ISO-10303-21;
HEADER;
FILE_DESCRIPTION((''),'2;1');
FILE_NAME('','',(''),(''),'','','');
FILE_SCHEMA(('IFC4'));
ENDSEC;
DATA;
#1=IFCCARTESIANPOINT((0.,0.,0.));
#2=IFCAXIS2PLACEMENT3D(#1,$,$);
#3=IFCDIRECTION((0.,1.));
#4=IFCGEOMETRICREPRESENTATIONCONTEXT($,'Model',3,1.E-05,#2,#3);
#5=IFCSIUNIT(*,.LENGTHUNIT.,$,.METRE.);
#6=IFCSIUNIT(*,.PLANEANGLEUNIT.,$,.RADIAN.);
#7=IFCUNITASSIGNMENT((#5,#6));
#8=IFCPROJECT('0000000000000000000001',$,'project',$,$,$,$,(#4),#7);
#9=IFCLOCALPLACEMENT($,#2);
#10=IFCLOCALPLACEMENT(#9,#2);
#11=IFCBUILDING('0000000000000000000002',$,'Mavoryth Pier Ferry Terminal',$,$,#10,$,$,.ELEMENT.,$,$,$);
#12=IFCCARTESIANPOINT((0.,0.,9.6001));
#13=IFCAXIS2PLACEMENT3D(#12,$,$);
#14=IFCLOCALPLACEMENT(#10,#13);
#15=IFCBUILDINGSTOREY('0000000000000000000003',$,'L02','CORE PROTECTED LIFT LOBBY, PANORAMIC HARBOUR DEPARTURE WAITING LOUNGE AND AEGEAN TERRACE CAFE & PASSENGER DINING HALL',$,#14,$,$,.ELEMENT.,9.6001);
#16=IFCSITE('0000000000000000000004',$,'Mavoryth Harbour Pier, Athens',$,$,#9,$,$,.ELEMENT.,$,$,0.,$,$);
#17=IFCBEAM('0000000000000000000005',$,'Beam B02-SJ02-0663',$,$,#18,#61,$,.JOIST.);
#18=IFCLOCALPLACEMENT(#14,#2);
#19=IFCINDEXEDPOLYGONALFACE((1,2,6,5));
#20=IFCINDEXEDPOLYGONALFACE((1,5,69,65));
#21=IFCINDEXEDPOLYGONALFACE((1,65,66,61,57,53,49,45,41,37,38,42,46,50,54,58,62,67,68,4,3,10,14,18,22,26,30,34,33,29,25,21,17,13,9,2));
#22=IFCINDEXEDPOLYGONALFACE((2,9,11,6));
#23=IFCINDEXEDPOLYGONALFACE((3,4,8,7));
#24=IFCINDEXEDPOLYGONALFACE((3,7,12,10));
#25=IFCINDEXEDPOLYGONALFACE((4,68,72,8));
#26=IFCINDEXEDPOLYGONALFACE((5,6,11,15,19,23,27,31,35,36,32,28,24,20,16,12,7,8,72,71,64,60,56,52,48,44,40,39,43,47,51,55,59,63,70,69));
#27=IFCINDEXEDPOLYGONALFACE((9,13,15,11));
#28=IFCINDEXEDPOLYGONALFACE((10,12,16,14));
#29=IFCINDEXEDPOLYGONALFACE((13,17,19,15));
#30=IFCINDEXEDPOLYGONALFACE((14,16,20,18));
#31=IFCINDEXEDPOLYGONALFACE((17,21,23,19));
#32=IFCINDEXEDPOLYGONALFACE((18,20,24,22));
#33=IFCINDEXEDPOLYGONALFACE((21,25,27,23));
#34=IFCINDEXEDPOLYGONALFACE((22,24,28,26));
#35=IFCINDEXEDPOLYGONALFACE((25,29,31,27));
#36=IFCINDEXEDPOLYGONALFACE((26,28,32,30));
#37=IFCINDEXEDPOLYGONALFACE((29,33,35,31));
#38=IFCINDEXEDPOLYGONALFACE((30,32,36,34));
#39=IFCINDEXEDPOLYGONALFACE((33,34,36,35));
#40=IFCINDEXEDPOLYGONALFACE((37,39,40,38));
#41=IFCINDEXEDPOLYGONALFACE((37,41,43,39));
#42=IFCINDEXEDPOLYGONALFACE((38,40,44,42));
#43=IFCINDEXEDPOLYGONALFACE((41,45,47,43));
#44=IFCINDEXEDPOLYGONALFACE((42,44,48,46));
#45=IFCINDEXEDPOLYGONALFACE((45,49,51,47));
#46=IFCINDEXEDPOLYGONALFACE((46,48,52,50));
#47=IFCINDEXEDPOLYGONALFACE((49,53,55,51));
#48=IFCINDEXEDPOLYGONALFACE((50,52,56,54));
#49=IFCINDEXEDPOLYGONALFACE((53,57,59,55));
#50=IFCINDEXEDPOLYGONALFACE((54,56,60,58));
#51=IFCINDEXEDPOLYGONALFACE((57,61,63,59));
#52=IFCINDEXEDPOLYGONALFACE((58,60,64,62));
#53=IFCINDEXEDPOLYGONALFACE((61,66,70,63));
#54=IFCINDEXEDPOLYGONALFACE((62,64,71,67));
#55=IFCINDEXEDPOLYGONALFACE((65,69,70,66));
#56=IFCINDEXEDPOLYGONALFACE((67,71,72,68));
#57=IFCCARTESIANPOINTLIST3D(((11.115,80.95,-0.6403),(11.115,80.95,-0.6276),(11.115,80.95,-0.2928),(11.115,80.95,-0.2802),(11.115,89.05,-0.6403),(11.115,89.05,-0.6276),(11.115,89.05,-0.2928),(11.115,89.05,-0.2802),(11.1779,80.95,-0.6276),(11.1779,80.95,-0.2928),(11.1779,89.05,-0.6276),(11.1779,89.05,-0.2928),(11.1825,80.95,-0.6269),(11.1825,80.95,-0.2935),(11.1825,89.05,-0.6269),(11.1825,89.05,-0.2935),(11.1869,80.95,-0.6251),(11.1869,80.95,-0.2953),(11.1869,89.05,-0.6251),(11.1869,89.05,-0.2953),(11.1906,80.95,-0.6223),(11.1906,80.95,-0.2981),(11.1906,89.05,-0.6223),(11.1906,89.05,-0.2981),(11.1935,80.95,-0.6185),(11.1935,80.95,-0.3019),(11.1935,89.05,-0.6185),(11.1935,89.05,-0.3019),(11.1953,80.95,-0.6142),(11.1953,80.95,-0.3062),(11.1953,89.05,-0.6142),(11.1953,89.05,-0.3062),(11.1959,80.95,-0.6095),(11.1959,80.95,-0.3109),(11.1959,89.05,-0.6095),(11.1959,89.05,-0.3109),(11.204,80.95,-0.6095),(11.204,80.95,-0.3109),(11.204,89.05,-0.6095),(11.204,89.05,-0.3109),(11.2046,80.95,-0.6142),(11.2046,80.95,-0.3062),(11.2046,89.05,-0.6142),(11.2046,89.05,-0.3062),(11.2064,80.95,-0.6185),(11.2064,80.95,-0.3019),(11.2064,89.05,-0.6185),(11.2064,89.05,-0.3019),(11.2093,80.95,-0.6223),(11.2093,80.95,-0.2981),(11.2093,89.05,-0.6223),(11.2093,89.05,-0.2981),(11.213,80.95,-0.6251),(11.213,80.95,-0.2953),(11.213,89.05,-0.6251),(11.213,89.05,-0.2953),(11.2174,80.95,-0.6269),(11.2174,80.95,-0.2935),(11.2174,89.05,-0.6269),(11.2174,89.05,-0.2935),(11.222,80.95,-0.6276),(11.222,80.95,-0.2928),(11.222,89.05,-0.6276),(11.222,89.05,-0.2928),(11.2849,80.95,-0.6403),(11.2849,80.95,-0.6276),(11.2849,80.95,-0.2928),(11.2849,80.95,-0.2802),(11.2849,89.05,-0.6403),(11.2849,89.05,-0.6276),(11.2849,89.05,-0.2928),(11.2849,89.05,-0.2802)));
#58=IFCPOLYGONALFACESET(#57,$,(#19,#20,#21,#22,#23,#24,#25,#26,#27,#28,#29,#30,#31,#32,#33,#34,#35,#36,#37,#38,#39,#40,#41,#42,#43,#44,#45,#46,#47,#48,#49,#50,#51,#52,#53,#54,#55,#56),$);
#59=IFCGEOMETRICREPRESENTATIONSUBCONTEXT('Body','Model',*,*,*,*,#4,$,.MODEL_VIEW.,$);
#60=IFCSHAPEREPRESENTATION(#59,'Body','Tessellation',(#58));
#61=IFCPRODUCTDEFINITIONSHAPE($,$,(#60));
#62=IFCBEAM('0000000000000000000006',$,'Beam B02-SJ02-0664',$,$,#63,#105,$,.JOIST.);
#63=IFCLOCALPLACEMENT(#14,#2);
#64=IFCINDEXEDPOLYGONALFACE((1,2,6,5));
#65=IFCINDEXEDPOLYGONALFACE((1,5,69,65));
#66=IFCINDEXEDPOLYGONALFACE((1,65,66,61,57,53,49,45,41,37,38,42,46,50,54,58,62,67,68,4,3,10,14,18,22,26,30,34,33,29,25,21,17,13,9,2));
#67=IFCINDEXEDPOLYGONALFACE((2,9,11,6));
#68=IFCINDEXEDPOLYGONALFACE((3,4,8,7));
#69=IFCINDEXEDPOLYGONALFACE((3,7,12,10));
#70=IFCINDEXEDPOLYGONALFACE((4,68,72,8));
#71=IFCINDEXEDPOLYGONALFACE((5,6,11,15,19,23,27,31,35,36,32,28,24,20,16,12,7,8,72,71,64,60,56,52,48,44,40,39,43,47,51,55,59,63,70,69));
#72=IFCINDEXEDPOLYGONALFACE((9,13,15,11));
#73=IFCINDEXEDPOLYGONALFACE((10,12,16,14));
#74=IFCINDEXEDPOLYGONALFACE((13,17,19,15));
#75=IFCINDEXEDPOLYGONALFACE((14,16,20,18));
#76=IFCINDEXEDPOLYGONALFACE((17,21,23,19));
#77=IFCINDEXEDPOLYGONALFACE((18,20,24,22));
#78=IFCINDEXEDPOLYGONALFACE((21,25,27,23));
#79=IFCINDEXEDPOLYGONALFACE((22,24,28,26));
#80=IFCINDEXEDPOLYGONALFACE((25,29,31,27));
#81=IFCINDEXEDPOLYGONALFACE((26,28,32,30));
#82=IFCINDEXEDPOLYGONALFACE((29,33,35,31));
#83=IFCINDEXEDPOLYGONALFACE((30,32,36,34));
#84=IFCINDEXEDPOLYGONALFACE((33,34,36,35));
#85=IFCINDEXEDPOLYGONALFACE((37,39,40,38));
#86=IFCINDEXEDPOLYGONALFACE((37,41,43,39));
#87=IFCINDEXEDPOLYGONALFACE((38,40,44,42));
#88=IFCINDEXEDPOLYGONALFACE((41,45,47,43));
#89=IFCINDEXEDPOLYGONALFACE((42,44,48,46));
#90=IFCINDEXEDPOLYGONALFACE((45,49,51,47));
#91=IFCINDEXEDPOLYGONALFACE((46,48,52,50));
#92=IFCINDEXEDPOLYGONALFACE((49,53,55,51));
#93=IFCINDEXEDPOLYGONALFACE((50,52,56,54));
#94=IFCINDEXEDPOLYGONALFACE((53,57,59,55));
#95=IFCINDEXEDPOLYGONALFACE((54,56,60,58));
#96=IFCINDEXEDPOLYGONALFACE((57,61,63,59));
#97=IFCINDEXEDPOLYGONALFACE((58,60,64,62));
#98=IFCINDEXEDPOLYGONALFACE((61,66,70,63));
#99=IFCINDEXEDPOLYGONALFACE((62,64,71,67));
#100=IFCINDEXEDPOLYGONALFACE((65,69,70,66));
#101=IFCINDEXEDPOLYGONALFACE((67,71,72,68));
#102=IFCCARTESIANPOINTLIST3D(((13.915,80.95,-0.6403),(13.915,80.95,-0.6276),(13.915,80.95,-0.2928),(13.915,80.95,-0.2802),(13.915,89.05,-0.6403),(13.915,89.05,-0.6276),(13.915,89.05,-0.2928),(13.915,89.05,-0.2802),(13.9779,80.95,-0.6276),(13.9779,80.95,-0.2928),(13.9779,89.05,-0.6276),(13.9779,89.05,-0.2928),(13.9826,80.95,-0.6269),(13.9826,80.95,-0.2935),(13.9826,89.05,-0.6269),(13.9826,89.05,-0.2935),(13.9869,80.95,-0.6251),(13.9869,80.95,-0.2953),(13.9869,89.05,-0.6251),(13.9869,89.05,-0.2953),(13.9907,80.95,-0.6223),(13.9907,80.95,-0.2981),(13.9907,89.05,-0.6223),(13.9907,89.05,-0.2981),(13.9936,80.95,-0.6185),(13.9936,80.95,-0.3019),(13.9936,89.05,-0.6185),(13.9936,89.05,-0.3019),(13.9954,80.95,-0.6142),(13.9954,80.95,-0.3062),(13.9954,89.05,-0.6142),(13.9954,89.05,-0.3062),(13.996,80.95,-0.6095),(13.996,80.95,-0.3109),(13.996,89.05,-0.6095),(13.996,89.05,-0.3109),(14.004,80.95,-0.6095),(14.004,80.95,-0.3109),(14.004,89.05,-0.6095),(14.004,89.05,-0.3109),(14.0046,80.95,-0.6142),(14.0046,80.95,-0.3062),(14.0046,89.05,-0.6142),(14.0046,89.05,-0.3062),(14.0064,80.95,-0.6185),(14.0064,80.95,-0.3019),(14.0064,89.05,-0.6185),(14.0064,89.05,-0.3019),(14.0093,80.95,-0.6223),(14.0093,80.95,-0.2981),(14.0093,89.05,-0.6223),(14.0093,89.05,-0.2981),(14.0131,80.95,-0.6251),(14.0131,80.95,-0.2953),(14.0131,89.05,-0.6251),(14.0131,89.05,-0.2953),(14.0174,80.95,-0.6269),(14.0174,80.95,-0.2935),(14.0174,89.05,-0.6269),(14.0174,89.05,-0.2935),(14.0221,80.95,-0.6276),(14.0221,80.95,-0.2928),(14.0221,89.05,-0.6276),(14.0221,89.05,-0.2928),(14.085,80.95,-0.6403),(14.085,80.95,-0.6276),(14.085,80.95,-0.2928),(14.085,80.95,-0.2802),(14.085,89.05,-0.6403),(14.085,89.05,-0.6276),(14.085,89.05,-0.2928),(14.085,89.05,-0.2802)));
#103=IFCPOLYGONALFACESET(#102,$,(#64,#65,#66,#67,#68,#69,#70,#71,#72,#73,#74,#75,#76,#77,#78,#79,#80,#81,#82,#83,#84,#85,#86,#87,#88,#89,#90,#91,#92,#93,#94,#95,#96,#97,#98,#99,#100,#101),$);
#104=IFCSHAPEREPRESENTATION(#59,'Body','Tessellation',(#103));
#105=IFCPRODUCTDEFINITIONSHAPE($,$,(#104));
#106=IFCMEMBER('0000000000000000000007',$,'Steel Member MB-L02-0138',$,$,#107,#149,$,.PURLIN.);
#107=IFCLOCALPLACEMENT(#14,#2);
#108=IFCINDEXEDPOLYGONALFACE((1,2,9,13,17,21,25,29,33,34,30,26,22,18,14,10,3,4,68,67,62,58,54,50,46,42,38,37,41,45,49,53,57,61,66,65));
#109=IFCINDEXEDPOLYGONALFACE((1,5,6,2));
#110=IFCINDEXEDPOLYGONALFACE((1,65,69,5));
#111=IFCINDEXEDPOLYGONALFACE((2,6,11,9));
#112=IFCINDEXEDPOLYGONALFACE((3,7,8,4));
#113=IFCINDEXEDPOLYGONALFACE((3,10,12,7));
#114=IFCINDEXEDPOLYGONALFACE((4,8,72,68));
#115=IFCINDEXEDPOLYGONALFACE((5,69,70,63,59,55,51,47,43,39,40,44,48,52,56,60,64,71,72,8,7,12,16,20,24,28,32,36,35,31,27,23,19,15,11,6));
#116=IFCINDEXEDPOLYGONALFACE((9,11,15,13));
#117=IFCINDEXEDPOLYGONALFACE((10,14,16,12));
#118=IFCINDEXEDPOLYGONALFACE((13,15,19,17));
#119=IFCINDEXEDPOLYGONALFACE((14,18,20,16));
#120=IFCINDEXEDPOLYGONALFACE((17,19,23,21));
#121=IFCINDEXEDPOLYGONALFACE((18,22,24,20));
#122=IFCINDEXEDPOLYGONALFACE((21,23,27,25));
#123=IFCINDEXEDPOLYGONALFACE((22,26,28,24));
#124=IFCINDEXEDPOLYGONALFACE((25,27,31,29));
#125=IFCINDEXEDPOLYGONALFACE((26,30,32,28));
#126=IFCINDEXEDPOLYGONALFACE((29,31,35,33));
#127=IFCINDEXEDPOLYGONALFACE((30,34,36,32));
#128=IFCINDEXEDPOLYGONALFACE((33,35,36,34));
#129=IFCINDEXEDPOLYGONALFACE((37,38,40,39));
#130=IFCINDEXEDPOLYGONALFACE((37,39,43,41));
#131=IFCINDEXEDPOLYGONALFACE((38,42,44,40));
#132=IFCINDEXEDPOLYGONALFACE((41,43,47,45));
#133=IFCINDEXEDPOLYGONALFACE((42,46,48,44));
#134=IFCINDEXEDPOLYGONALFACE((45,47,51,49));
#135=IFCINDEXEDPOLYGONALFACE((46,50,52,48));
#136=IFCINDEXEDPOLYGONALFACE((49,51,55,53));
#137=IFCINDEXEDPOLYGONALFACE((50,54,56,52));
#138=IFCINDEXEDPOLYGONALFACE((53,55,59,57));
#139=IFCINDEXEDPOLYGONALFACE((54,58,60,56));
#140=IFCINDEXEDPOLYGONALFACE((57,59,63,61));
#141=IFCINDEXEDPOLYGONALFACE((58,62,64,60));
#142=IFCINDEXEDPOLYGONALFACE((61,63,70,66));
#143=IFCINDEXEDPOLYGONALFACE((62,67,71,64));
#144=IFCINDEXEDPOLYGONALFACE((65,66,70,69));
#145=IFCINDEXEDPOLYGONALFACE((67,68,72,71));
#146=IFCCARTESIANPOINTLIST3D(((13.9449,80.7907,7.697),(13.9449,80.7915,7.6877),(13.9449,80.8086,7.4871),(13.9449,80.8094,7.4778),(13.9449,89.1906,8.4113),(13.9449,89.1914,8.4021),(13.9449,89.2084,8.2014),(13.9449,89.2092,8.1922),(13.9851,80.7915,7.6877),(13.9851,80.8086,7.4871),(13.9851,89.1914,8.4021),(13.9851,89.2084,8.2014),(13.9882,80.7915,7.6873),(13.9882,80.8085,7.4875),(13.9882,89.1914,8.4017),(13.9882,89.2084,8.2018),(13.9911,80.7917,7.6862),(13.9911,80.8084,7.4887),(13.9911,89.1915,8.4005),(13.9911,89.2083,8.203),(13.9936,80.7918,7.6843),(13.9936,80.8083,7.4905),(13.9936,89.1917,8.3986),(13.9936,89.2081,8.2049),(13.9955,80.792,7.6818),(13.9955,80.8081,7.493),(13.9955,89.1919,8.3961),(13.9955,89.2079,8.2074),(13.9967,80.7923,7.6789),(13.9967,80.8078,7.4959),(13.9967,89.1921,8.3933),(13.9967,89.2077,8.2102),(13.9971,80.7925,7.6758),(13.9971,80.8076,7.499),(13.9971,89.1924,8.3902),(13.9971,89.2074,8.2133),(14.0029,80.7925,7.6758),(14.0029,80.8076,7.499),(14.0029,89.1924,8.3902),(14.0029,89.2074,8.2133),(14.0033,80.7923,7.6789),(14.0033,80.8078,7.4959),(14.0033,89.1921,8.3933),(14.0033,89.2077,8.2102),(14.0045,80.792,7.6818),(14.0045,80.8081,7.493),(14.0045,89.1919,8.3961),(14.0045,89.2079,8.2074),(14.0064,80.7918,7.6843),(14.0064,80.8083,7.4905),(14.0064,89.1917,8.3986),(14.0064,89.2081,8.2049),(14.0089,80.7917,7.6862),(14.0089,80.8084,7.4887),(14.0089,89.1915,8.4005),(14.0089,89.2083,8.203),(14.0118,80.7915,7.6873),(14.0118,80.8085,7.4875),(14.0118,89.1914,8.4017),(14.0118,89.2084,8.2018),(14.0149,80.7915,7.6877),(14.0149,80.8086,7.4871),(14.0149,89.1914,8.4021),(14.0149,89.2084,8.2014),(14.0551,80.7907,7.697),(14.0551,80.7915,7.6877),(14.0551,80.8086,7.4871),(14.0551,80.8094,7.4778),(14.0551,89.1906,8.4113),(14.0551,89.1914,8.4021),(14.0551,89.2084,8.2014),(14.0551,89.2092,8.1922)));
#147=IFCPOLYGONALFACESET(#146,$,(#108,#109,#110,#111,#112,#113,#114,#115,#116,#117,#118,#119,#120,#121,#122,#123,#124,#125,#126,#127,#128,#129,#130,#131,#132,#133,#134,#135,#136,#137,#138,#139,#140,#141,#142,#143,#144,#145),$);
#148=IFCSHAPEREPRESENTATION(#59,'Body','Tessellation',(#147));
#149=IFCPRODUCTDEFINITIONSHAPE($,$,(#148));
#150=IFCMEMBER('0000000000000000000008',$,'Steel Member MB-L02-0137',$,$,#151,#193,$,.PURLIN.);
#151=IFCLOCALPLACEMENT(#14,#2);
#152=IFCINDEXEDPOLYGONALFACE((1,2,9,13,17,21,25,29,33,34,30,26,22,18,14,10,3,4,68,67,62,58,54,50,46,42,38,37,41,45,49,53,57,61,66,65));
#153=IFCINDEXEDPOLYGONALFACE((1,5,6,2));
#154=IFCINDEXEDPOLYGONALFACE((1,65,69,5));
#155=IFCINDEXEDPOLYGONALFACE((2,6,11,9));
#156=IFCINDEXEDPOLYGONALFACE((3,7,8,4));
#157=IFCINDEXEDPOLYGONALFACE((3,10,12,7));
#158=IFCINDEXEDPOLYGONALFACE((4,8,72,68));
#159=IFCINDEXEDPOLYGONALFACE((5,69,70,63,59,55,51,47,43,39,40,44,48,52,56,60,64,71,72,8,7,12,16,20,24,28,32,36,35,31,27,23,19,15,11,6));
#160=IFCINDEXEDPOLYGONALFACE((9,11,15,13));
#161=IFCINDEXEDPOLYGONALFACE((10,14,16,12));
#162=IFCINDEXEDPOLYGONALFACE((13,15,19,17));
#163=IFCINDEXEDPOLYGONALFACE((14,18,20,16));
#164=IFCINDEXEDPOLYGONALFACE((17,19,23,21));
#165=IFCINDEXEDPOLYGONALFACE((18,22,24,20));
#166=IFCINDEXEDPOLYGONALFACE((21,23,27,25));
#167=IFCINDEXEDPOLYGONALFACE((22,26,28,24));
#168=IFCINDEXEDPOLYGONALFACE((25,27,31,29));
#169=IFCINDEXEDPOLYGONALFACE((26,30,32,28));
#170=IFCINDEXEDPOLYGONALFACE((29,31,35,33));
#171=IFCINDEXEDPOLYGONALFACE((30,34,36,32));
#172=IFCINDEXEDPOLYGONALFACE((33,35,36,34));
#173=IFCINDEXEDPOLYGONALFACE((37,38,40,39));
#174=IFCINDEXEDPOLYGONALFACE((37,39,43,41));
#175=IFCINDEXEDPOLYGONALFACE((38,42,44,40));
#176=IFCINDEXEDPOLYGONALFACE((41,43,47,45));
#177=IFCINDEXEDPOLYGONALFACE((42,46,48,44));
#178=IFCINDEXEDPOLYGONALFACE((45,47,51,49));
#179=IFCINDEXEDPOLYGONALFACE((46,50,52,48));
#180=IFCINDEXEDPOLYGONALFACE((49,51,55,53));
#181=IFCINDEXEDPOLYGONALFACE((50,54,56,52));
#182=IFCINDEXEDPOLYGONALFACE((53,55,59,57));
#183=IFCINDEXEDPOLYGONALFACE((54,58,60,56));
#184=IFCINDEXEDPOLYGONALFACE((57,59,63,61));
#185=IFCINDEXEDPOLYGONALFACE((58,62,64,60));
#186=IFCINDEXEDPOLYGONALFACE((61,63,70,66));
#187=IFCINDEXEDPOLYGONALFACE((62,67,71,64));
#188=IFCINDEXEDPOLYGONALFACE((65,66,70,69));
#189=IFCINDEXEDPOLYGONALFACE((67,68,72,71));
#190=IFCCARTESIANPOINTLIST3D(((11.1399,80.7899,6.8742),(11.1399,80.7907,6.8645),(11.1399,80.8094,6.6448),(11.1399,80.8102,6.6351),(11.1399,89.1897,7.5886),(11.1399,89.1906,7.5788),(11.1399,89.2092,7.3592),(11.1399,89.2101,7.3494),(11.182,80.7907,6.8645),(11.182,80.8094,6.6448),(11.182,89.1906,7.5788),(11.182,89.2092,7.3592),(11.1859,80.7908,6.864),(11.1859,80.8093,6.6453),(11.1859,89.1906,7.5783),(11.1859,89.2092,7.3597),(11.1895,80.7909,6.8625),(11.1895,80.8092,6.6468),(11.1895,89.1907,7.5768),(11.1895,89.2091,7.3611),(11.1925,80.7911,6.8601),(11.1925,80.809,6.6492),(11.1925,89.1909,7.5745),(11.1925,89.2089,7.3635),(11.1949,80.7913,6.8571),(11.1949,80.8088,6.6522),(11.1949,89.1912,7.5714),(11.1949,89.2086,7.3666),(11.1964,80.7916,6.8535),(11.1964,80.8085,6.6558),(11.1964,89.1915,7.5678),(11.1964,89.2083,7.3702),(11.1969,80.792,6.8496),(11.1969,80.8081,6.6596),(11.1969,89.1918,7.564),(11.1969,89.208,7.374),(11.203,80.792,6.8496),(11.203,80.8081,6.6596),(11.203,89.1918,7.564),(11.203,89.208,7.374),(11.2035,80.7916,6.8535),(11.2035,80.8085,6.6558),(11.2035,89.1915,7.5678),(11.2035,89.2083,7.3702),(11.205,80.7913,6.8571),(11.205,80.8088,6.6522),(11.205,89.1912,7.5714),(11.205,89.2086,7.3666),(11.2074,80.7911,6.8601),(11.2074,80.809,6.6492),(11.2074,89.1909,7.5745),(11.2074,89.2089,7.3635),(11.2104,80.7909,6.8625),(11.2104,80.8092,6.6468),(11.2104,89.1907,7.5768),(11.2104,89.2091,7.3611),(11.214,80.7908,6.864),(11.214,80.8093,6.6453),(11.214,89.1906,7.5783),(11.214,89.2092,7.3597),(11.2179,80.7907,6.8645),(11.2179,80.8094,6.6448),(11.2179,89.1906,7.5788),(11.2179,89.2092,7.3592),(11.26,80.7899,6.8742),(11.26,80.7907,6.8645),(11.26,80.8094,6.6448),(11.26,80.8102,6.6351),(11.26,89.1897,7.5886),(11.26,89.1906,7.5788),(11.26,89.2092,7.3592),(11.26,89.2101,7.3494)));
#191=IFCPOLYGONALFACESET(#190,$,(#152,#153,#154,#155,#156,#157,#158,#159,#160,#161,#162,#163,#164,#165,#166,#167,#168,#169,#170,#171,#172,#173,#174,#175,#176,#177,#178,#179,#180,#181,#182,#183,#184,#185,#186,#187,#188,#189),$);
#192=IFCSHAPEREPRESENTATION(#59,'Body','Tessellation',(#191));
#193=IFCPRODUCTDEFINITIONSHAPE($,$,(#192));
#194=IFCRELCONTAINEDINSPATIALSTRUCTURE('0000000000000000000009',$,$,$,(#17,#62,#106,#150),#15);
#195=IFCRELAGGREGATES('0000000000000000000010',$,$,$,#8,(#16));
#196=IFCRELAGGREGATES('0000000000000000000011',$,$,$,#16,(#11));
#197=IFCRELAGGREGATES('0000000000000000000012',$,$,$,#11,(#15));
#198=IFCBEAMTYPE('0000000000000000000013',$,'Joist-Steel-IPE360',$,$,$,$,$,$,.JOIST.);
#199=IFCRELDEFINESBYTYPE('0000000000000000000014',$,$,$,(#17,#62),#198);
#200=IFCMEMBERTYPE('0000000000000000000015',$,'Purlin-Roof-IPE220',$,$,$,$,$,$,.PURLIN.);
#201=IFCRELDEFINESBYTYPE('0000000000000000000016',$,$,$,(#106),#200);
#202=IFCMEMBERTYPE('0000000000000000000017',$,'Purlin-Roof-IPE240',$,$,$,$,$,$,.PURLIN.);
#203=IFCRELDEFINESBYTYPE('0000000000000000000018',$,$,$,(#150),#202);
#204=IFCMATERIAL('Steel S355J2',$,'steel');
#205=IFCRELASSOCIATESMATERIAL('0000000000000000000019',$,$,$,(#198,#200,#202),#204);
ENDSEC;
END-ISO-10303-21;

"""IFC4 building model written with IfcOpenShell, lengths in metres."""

from ifc_helpers import new_model, si_unit, direction, frame, origin, origin_2d, place, context, subcontext, project, spatial, i_section, extrude, material, material_profile, profile_set, type_object, element, save


model = new_model("IFC4")

# Units and contexts
model_context = context("Model", 3, precision=1e-05, world=origin(), true_north=direction((0.0, 1.0)))
body_context = subcontext(model_context, "Body", "Model", "MODEL_VIEW")
ifc_project = project(units=[si_unit("LENGTHUNIT", "METRE"), si_unit("PLANEANGLEUNIT", "RADIAN")], contexts=[model_context])

# Site, building, storey
site_placement = place(None, origin())
site = spatial("IfcSite", under=ifc_project, at=site_placement, Name="Mavoryth Harbour Pier, Athens", CompositionType="ELEMENT", RefElevation=0.0)
building_placement = place(site_placement, origin())
building = spatial("IfcBuilding", under=site, at=building_placement, Name="Mavoryth Pier Ferry Terminal", CompositionType="ELEMENT")
storey_placement = place(building_placement, frame((0.0, 0.0, 9.6001)))
storey = spatial("IfcBuildingStorey", under=building, at=storey_placement, Name="L02", Description="CORE PROTECTED LIFT LOBBY, PANORAMIC HARBOUR DEPARTURE WAITING LOUNGE AND AEGEAN TERRACE CAFE & PASSENGER DINING HALL", CompositionType="ELEMENT", Elevation=9.6001)

# Shared definitions
ifc_material_1 = material(Name="Steel S355J2", Category="steel")

# Beams
ifc_material_profile_1 = material_profile(ifc_material_1, i_section(OverallWidth=0.1699, OverallDepth=0.3601, WebThickness=0.0081, FlangeThickness=0.0127, FilletRadius=0.0181, at=origin_2d()), Name="IPE 360", Category="steel")
ifc_profile_set_1 = profile_set([ifc_material_profile_1], Name="Steel S355J2 - IPE 360")
beam_type_1 = type_object("IfcBeamType", Name="Joist-Steel-IPE360", PredefinedType="JOIST", material=ifc_profile_set_1)
for number, where, z_axis, x_axis, name in (
    (1, (11.2, 80.95, -0.4602), (0.0, 1.0, 0.0), (-1.0, 0.0, 0.0), "Beam B02-SJ02-0663"),
    (2, (14.0, 80.95, -0.4602), (0.0, 1.0, 0.0), (-1.0, 0.0, 0.0), "Beam B02-SJ02-0664"),
):
    element("IfcBeam", number, at=place(storey_placement, frame(where, z_axis=z_axis, x_axis=x_axis)), inside=storey, type_object=beam_type_1, Name=name, PredefinedType="JOIST", context=body_context, shape_type="SweptSolid", body=[
        extrude(i_section(OverallWidth=0.1699, OverallDepth=0.3601, WebThickness=0.0081, FlangeThickness=0.0127, FilletRadius=0.0181, at=origin_2d()), origin(), (0.0, 0.0, 1.0), 8.1001),
    ])

# Members
ifc_material_profile_2 = material_profile(ifc_material_1, i_section(OverallWidth=0.1101, OverallDepth=0.22, WebThickness=0.0059, FlangeThickness=0.0093, FilletRadius=0.012, at=origin_2d()), Name="IPE 220", Category="steel")
ifc_profile_set_2 = profile_set([ifc_material_profile_2], Name="Steel S355J2 - IPE 220")
member_type_1 = type_object("IfcMemberType", Name="Purlin-Roof-IPE220", PredefinedType="PURLIN", material=ifc_profile_set_2)
member_1_placement = place(storey_placement, frame((14.0, 80.8, 7.5874), z_axis=(0.0, 0.996403, 0.084737), x_axis=(-1.0, 0.0, 0.0)))
element("IfcMember", 3, at=member_1_placement, inside=storey, type_object=member_type_1, Name="Steel Member MB-L02-0138", PredefinedType="PURLIN", context=body_context, shape_type="SweptSolid", body=[
    extrude(i_section(OverallWidth=0.1101, OverallDepth=0.22, WebThickness=0.0059, FlangeThickness=0.0093, FilletRadius=0.012, at=origin_2d()), origin(), (0.0, 0.0, 1.0), 8.4302),
])
ifc_material_profile_3 = material_profile(ifc_material_1, i_section(OverallWidth=0.1201, OverallDepth=0.24, WebThickness=0.0061, FlangeThickness=0.0098, FilletRadius=0.0149, at=origin_2d()), Name="IPE 240", Category="steel")
ifc_profile_set_3 = profile_set([ifc_material_profile_3], Name="Steel S355J2 - IPE 240")
member_type_2 = type_object("IfcMemberType", Name="Purlin-Roof-IPE240", PredefinedType="PURLIN", material=ifc_profile_set_3)
member_2_placement = place(storey_placement, frame((11.2, 80.8, 6.7546), z_axis=(0.0, 0.996403, 0.084737), x_axis=(-1.0, 0.0, 0.0)))
element("IfcMember", 4, at=member_2_placement, inside=storey, type_object=member_type_2, Name="Steel Member MB-L02-0137", PredefinedType="PURLIN", context=body_context, shape_type="SweptSolid", body=[
    extrude(i_section(OverallWidth=0.1201, OverallDepth=0.24, WebThickness=0.0061, FlangeThickness=0.0098, FilletRadius=0.0149, at=origin_2d()), origin(), (0.0, 0.0, 1.0), 8.4302),
])

save(model, "model.ifc")
